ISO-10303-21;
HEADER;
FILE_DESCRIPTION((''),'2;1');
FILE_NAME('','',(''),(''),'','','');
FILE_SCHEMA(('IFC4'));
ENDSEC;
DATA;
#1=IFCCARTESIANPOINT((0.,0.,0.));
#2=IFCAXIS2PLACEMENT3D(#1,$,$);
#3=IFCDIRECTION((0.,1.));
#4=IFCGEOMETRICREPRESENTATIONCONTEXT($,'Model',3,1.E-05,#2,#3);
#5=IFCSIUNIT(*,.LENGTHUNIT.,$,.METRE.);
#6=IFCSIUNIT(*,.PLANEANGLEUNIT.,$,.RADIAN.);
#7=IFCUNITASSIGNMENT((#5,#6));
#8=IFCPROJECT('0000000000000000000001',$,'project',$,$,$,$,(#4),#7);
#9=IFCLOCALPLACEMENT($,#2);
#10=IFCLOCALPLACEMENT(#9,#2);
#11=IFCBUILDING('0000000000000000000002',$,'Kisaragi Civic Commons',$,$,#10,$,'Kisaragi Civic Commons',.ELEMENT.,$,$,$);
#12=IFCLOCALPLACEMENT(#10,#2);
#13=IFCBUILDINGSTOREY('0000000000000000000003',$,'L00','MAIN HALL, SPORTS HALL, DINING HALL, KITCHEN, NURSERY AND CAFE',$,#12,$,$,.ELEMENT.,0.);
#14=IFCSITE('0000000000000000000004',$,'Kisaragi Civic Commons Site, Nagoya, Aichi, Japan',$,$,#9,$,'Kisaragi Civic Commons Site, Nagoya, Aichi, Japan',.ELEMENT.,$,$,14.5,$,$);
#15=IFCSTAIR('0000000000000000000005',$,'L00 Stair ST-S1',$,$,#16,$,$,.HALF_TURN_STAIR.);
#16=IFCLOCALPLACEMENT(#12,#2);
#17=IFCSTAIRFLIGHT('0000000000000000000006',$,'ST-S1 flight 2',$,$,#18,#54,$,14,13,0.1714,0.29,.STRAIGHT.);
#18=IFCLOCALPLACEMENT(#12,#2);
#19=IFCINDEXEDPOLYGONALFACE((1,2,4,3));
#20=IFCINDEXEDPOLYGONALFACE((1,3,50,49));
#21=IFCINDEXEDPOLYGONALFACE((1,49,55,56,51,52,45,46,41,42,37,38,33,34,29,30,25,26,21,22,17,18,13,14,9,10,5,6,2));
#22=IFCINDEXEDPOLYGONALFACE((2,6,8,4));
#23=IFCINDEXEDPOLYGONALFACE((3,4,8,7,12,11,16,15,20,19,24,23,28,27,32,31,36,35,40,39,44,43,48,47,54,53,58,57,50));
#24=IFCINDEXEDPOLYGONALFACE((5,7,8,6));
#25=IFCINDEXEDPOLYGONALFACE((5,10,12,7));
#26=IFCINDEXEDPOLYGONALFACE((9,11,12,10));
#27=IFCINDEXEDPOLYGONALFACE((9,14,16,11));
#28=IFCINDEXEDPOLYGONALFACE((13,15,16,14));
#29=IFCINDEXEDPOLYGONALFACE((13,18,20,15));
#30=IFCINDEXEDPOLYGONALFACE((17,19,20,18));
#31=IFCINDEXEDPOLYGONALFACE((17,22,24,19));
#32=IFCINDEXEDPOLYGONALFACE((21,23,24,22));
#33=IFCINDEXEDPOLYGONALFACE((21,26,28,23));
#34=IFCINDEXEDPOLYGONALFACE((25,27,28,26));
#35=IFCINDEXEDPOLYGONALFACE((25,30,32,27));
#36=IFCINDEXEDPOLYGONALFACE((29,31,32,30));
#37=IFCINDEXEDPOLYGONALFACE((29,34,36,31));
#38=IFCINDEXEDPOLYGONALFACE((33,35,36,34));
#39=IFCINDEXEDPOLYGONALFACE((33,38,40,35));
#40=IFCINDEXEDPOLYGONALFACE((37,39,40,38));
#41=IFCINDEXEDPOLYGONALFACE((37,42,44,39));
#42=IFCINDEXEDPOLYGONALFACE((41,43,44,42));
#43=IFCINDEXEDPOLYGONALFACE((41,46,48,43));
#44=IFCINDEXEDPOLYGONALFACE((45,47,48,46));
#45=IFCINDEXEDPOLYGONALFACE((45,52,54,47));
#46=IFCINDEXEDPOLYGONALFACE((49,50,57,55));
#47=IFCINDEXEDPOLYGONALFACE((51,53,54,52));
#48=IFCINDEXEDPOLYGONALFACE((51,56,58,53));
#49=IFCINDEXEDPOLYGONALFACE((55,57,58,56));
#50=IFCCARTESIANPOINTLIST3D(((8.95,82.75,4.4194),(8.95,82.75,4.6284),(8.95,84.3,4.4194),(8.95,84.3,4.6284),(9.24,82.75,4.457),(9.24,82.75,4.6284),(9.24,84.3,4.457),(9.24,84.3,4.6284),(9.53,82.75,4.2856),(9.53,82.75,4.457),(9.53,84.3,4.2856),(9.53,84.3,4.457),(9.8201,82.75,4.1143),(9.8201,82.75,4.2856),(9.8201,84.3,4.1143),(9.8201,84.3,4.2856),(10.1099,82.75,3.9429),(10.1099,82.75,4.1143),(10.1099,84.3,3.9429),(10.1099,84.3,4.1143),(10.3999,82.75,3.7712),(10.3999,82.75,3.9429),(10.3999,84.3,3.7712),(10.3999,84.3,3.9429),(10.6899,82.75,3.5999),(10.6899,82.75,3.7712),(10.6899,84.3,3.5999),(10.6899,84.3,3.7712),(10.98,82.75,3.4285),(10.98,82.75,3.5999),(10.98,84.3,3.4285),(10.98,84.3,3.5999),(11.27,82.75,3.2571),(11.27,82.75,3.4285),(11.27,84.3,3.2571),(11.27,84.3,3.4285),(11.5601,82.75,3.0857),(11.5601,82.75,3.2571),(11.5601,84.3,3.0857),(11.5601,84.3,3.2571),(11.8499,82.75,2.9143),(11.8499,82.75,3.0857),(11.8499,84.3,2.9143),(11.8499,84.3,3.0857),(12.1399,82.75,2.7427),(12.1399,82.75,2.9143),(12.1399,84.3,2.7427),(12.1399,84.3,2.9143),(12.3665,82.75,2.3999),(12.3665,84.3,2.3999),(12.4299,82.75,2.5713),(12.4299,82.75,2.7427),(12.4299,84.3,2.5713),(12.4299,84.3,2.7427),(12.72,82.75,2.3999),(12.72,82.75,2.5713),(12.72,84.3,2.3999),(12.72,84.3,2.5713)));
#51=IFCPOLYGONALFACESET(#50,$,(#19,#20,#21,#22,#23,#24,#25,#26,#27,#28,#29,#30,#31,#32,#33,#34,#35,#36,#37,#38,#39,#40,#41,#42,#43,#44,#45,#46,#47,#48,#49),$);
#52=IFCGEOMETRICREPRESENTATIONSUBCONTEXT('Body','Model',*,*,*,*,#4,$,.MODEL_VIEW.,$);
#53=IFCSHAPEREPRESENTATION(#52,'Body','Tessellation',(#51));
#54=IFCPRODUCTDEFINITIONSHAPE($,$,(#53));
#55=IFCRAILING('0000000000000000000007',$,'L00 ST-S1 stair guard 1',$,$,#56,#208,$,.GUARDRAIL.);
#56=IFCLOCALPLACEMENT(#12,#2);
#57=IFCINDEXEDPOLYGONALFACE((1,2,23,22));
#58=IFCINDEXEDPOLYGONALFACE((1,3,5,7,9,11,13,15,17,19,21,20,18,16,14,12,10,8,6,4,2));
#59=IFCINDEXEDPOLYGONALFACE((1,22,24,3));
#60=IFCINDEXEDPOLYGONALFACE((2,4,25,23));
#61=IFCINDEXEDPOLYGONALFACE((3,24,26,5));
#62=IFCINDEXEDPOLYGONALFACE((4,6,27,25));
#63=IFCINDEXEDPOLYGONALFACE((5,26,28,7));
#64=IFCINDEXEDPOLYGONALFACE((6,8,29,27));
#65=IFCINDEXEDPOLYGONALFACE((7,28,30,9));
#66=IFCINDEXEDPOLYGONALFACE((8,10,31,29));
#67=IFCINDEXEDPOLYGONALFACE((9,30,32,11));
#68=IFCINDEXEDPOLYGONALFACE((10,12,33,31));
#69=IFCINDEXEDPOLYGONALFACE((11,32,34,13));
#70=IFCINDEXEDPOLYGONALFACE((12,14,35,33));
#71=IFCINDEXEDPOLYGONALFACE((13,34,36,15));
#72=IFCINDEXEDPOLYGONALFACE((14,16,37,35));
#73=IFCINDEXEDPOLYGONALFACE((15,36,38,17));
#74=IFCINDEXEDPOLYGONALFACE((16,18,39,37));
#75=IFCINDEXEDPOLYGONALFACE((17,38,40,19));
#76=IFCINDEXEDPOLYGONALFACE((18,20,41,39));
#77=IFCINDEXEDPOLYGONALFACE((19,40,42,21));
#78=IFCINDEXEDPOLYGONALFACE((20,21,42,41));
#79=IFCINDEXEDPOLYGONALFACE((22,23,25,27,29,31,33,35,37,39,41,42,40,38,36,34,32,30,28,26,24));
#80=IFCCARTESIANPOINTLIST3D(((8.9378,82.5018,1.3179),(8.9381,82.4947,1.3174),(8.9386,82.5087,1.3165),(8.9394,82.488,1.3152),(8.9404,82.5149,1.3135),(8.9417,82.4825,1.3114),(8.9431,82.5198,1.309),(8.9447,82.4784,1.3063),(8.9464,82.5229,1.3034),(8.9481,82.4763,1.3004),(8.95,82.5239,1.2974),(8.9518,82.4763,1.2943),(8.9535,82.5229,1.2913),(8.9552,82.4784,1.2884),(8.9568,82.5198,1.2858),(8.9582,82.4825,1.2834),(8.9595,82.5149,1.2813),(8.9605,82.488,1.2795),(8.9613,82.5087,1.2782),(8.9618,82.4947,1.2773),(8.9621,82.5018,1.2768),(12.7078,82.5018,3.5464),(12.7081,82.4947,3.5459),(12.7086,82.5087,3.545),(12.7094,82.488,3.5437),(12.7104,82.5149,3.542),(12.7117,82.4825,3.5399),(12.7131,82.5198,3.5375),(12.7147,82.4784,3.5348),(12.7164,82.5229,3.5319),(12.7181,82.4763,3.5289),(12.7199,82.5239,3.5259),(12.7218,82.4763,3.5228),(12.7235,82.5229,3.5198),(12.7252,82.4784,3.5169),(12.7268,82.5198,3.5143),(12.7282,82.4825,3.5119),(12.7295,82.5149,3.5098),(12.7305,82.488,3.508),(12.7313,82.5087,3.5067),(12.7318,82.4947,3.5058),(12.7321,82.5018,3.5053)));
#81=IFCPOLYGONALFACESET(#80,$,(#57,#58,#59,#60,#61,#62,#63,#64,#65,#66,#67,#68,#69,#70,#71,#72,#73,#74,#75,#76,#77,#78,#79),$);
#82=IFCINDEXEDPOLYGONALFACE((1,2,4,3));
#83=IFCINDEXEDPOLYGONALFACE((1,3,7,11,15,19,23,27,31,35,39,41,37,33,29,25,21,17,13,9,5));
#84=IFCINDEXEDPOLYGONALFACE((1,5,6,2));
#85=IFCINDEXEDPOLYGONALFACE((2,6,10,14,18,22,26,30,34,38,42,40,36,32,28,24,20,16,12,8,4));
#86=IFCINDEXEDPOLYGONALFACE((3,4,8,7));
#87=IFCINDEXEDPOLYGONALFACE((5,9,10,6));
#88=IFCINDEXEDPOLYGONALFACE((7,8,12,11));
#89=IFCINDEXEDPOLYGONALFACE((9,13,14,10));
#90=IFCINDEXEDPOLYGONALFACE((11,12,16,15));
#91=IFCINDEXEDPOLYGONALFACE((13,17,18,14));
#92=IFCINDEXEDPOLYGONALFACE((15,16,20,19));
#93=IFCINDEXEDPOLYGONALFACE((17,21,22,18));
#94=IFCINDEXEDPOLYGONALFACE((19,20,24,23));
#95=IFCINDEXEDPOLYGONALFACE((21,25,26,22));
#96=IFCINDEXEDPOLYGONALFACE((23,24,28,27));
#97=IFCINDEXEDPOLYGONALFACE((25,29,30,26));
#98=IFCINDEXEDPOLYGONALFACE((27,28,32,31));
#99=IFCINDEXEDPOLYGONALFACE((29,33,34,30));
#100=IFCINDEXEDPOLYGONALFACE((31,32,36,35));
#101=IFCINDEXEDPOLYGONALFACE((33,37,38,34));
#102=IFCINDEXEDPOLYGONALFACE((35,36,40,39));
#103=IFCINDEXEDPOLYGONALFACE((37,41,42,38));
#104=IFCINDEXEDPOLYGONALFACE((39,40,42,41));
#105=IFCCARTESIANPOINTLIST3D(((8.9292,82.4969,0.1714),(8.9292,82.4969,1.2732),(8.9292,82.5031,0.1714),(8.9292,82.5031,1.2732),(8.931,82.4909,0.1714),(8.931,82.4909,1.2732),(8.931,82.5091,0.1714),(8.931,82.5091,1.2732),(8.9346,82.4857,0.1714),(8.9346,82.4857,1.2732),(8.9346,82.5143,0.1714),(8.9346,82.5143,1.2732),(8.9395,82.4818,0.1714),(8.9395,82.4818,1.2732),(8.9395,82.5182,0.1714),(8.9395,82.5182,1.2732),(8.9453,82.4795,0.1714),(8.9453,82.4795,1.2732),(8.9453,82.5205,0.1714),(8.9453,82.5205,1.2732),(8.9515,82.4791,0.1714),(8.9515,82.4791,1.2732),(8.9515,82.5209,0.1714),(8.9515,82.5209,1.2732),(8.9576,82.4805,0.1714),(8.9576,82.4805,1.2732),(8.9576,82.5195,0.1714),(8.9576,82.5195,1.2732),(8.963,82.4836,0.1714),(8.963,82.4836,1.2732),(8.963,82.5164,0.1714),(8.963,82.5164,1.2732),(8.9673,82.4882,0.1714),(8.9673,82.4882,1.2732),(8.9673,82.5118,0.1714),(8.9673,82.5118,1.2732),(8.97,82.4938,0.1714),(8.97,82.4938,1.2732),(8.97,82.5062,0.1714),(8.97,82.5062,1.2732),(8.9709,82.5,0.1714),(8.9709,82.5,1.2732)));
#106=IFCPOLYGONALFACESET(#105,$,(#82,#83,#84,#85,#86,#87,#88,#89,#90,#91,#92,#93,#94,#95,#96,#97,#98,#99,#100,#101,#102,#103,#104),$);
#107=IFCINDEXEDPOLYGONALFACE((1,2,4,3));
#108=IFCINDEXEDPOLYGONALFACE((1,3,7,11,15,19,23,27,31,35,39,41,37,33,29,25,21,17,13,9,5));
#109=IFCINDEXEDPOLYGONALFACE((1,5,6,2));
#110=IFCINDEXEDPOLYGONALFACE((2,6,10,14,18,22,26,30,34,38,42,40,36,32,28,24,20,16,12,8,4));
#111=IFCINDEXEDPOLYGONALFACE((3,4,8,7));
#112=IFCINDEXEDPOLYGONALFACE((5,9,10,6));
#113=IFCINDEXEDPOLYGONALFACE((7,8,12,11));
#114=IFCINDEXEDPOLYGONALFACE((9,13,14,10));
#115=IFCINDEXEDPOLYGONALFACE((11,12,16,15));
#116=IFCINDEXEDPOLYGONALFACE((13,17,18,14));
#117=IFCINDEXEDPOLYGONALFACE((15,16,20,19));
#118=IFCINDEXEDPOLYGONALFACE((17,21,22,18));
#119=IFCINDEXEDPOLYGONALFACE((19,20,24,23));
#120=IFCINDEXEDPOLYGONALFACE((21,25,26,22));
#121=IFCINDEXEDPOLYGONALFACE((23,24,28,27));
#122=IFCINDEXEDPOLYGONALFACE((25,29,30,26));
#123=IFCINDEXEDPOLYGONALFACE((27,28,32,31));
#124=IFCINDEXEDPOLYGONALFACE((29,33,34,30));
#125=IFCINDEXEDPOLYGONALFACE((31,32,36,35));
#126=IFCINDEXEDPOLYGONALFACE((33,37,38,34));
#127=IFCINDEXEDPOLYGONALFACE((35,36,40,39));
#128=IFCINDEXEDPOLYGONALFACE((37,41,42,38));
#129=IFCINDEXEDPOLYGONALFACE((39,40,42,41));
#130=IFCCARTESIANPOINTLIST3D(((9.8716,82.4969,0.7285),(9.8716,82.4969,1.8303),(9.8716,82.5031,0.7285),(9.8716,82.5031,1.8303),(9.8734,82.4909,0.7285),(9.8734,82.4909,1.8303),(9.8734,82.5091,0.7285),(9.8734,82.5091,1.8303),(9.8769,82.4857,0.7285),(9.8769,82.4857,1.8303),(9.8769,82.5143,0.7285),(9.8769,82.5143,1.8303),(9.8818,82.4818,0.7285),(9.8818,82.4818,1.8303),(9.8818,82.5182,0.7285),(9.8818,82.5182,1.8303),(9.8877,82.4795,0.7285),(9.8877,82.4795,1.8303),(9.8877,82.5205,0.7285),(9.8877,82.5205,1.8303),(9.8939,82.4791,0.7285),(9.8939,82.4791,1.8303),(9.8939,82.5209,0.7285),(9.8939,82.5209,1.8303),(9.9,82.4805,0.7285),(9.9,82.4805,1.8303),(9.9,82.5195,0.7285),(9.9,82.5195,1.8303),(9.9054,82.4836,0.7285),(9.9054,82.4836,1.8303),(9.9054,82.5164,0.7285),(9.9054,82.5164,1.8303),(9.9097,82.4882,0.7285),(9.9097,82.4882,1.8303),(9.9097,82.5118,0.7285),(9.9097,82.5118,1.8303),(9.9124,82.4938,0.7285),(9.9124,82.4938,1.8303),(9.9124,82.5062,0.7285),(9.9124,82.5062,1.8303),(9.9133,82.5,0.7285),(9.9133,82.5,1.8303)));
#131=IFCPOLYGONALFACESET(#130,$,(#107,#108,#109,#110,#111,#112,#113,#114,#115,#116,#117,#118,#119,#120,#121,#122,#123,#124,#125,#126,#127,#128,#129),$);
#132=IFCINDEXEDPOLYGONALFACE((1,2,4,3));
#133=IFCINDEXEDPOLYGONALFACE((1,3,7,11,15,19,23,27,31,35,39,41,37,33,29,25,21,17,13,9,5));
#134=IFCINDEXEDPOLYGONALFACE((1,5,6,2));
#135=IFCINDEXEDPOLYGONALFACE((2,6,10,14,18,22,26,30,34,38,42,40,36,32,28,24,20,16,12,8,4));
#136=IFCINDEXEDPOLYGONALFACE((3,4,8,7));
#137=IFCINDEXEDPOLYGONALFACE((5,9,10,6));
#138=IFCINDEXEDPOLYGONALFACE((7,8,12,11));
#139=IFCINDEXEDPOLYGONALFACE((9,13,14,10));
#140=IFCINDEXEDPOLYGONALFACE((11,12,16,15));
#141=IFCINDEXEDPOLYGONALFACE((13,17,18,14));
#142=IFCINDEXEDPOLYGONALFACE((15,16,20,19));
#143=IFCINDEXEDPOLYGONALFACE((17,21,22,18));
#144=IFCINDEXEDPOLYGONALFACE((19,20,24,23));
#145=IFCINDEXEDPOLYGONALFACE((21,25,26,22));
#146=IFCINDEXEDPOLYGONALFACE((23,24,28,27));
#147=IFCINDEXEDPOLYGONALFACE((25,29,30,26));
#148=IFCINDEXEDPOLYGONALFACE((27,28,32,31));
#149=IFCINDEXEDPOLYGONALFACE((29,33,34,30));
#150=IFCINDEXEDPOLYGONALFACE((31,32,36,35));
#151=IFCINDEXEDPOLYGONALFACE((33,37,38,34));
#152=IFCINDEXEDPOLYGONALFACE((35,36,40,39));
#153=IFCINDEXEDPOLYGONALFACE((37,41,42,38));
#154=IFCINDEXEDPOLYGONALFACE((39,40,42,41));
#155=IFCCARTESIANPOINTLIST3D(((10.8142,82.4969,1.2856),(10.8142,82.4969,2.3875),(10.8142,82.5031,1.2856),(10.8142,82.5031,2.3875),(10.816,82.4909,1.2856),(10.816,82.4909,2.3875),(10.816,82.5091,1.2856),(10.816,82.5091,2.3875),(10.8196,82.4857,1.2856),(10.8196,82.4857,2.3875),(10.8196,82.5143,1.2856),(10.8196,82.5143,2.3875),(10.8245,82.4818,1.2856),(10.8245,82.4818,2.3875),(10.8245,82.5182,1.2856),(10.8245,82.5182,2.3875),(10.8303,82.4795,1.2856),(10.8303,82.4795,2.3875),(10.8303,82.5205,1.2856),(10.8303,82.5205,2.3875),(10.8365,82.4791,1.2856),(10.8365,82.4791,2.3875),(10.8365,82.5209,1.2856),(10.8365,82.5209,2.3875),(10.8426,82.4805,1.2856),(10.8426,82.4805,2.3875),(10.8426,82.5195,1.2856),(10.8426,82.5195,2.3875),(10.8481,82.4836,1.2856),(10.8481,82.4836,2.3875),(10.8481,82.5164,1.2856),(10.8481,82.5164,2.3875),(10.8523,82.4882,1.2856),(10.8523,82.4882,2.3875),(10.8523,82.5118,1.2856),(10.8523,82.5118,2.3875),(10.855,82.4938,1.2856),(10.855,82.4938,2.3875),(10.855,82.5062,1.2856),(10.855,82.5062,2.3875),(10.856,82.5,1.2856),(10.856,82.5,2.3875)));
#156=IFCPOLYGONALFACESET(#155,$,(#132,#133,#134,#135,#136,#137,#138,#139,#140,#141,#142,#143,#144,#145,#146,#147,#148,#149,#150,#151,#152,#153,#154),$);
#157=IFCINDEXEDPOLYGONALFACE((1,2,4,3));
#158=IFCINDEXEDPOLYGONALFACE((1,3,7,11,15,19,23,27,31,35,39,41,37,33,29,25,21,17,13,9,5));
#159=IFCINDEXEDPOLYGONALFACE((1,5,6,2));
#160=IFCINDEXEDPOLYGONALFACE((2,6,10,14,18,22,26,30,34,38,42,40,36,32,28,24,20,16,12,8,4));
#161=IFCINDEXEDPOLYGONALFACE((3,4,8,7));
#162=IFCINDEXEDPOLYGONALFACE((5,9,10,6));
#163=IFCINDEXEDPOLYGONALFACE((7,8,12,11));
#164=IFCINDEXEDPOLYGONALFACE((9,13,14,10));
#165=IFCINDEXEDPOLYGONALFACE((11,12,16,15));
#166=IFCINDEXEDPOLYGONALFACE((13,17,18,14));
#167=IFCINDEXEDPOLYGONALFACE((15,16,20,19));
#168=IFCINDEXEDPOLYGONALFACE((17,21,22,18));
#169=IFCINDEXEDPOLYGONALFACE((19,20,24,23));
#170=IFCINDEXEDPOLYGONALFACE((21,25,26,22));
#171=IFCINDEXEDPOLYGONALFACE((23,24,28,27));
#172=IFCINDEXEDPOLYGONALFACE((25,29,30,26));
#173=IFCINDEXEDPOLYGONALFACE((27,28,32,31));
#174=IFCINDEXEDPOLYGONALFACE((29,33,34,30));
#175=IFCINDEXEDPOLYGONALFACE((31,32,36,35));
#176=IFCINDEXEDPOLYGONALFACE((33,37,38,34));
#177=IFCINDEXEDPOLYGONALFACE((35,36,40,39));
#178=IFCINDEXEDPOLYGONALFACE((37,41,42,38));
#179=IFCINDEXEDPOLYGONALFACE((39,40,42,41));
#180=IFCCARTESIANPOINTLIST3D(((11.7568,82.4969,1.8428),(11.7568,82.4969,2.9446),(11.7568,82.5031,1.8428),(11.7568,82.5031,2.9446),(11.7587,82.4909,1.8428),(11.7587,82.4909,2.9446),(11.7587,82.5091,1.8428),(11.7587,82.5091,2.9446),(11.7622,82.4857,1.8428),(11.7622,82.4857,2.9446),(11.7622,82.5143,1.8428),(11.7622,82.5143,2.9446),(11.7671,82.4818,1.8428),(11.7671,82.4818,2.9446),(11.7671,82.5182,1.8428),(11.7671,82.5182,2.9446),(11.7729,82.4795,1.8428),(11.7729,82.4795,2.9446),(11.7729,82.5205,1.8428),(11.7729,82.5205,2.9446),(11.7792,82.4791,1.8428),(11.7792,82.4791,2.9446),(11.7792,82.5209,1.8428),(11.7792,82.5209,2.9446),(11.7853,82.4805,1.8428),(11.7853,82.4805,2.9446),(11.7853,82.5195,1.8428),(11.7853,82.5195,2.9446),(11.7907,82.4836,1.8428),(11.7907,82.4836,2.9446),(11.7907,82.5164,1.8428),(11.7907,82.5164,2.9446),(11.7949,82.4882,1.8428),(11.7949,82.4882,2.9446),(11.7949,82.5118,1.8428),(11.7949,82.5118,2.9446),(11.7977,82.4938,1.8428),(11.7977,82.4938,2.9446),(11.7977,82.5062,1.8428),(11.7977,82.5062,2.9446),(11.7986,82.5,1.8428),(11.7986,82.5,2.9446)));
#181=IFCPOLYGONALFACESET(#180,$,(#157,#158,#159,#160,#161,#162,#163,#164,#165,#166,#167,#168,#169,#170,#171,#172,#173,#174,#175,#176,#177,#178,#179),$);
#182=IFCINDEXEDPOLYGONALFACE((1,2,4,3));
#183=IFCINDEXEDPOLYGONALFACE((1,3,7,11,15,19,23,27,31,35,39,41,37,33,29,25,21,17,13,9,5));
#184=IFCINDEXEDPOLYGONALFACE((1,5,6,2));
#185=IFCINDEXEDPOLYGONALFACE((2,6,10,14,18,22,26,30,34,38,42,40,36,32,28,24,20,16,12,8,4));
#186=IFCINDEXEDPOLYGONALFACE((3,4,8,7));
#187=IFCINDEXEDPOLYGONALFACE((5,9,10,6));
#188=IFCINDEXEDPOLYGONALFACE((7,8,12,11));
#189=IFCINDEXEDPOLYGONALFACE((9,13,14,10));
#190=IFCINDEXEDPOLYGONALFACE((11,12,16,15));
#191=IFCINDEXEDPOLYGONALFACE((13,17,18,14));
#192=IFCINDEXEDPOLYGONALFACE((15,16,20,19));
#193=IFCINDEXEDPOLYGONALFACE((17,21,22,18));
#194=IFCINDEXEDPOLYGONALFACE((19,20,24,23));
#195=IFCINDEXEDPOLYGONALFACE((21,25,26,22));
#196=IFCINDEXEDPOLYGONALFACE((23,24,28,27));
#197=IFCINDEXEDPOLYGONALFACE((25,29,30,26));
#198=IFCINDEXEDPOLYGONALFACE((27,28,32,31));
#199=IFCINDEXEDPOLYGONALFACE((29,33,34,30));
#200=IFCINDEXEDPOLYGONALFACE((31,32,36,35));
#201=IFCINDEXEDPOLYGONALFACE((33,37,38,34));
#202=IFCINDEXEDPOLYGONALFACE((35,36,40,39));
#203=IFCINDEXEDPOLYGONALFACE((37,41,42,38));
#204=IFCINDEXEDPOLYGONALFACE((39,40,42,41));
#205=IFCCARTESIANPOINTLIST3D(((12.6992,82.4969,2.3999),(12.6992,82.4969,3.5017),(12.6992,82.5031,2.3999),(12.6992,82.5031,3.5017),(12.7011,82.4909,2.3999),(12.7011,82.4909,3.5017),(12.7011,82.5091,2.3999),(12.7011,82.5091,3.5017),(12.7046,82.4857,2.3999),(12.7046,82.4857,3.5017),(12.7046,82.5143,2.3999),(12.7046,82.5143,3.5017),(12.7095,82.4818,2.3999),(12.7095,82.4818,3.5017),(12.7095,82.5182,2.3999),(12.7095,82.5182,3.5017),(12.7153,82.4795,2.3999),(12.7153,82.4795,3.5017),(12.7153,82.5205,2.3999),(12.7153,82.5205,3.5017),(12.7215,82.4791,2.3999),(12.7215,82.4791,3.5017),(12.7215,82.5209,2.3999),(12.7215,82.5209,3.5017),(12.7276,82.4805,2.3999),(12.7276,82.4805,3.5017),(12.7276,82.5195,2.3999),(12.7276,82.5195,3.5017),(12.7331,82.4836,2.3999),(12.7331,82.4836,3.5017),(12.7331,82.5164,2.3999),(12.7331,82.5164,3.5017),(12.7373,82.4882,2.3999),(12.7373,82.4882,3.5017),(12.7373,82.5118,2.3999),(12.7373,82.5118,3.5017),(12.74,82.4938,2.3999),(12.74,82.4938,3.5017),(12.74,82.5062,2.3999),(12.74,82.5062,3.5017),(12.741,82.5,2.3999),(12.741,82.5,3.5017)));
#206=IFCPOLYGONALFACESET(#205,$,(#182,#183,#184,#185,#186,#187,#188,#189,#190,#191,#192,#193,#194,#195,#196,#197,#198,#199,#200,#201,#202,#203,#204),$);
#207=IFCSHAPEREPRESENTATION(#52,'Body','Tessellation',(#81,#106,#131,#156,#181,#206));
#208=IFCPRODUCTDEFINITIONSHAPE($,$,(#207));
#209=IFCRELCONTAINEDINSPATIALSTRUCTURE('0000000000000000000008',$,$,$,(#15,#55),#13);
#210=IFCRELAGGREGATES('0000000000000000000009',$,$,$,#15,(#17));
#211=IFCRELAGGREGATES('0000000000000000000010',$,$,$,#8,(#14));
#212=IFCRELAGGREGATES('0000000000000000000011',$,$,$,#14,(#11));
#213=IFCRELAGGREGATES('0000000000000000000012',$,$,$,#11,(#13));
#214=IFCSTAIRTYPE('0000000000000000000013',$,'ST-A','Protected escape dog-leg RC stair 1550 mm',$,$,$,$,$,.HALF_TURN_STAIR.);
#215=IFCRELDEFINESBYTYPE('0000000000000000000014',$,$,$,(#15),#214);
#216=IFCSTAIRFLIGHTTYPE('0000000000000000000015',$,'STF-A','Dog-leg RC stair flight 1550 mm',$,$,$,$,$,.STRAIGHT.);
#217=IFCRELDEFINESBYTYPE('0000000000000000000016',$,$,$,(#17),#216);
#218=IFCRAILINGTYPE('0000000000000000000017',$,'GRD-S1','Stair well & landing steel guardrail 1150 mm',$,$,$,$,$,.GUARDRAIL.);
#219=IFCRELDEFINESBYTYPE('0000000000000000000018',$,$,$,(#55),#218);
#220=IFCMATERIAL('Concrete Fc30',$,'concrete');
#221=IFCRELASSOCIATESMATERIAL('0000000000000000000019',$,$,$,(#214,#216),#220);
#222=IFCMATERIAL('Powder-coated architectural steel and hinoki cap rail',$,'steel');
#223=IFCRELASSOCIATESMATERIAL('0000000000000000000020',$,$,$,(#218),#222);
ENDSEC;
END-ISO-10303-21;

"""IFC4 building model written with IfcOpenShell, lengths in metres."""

from ifc_helpers import new_model, si_unit, direction, frame, origin, origin_2d, place, context, subcontext, project, spatial, polyline, circle, outline, extrude, material, type_object, element, aggregate, save


model = new_model("IFC4")

# Units and contexts
model_context = context("Model", 3, precision=1e-05, world=origin(), true_north=direction((0.0, 1.0)))
body_context = subcontext(model_context, "Body", "Model", "MODEL_VIEW")
ifc_project = project(units=[si_unit("LENGTHUNIT", "METRE"), si_unit("PLANEANGLEUNIT", "RADIAN")], contexts=[model_context])

# Site, building, storey
site_placement = place(None, origin())
site = spatial("IfcSite", under=ifc_project, at=site_placement, Name="Kisaragi Civic Commons Site, Nagoya, Aichi, Japan", LongName="Kisaragi Civic Commons Site, Nagoya, Aichi, Japan", CompositionType="ELEMENT", RefElevation=14.5)
building_placement = place(site_placement, origin())
building = spatial("IfcBuilding", under=site, at=building_placement, Name="Kisaragi Civic Commons", LongName="Kisaragi Civic Commons", CompositionType="ELEMENT")
storey_placement = place(building_placement, origin())
storey = spatial("IfcBuildingStorey", under=building, at=storey_placement, Name="L00", Description="MAIN HALL, SPORTS HALL, DINING HALL, KITCHEN, NURSERY AND CAFE", CompositionType="ELEMENT", Elevation=0.0)

# Shared definitions
ifc_material_1 = material(Name="Concrete Fc30", Category="concrete")

# Stair, stair flight
stair_type = type_object("IfcStairType", Name="ST-A", Description="Protected escape dog-leg RC stair 1550 mm", PredefinedType="HALF_TURN_STAIR", material=ifc_material_1)
stair_placement = place(storey_placement, origin())
stair = element("IfcStair", 1, at=stair_placement, inside=storey, type_object=stair_type, Name="L00 Stair ST-S1", PredefinedType="HALF_TURN_STAIR")
stair_flight_type = type_object("IfcStairFlightType", Name="STF-A", Description="Dog-leg RC stair flight 1550 mm", PredefinedType="STRAIGHT", material=ifc_material_1)
stair_flight_1_placement = place(storey_placement, frame((12.72, 83.5249, 2.3999), z_axis=(0.0, 0.0, 1.0), x_axis=(-1.0, 0.0, 0.0)))
stair_flight_1 = element("IfcStairFlight", 2, at=stair_flight_1_placement, type_object=stair_flight_type, Name="ST-S1 flight 2", NumberOfRisers=14, NumberOfTreads=13, PredefinedType="STRAIGHT", RiserHeight=0.1714, TreadLength=0.29, context=body_context, shape_type="SweptSolid", body=[
    extrude(outline(polyline([(0.0, 0.0), (0.0, 0.1714), (0.29, 0.1714), (0.29, 0.3428), (0.5801, 0.3428), (0.5801, 0.5144), (0.8701, 0.5144), (0.8701, 0.6858), (1.1599, 0.6858), (1.1599, 0.8572), (1.45, 0.8572), (1.45, 1.0286), (1.74, 1.0286), (1.74, 1.2), (2.03, 1.2), (2.03, 1.3713), (2.3201, 1.3713), (2.3201, 1.543), (2.6101, 1.543), (2.6101, 1.7144), (2.8999, 1.7144), (2.8999, 1.8857), (3.1899, 1.8857), (3.1899, 2.0571), (3.48, 2.0571), (3.48, 2.2285), (3.77, 2.2285), (3.77, 2.3999), (3.77, 2.0195), (0.3535, 0.0), (0.0, 0.0)])), frame((0.0, 0.7749, 0.0), z_axis=(0.0, -1.0, 0.0), x_axis=(1.0, 0.0, 0.0)), (0.0, 0.0, 1.0), 1.55),
])
aggregate(stair, [stair_flight_1])

# Railing
ifc_material_2 = material(Name="Powder-coated architectural steel and hinoki cap rail", Category="steel")
railing_type_1 = type_object("IfcRailingType", Name="GRD-S1", Description="Stair well & landing steel guardrail 1150 mm", PredefinedType="GUARDRAIL", material=ifc_material_2)
railing_1_placement = place(storey_placement, frame((8.95, 82.5, 0.1714)))
element("IfcRailing", 3, at=railing_1_placement, inside=storey, type_object=railing_type_1, Name="L00 ST-S1 stair guard 1", PredefinedType="GUARDRAIL", context=body_context, shape_type="SweptSolid", body=[
    extrude(circle(Radius=0.0239, at=origin_2d()), frame((0.0, 0.0, 1.126), z_axis=(0.860849, 0.0, 0.508861), x_axis=(0.0, 1.0, 0.0)), (0.0, 0.0, 1.0), 4.3794),
    extrude(circle(Radius=0.021, at=origin_2d()), origin(), (0.0, 0.0, 1.0), 1.1018),
    extrude(circle(Radius=0.021, at=origin_2d()), frame((0.9424, 0.0, 0.5571)), (0.0, 0.0, 1.0), 1.1018),
    extrude(circle(Radius=0.021, at=origin_2d()), frame((1.885, 0.0, 1.1143)), (0.0, 0.0, 1.0), 1.1018),
    extrude(circle(Radius=0.021, at=origin_2d()), frame((2.8276, 0.0, 1.6714)), (0.0, 0.0, 1.0), 1.1018),
    extrude(circle(Radius=0.021, at=origin_2d()), frame((3.77, 0.0, 2.2285)), (0.0, 0.0, 1.0), 1.1018),
])

save(model, "model.ifc")
